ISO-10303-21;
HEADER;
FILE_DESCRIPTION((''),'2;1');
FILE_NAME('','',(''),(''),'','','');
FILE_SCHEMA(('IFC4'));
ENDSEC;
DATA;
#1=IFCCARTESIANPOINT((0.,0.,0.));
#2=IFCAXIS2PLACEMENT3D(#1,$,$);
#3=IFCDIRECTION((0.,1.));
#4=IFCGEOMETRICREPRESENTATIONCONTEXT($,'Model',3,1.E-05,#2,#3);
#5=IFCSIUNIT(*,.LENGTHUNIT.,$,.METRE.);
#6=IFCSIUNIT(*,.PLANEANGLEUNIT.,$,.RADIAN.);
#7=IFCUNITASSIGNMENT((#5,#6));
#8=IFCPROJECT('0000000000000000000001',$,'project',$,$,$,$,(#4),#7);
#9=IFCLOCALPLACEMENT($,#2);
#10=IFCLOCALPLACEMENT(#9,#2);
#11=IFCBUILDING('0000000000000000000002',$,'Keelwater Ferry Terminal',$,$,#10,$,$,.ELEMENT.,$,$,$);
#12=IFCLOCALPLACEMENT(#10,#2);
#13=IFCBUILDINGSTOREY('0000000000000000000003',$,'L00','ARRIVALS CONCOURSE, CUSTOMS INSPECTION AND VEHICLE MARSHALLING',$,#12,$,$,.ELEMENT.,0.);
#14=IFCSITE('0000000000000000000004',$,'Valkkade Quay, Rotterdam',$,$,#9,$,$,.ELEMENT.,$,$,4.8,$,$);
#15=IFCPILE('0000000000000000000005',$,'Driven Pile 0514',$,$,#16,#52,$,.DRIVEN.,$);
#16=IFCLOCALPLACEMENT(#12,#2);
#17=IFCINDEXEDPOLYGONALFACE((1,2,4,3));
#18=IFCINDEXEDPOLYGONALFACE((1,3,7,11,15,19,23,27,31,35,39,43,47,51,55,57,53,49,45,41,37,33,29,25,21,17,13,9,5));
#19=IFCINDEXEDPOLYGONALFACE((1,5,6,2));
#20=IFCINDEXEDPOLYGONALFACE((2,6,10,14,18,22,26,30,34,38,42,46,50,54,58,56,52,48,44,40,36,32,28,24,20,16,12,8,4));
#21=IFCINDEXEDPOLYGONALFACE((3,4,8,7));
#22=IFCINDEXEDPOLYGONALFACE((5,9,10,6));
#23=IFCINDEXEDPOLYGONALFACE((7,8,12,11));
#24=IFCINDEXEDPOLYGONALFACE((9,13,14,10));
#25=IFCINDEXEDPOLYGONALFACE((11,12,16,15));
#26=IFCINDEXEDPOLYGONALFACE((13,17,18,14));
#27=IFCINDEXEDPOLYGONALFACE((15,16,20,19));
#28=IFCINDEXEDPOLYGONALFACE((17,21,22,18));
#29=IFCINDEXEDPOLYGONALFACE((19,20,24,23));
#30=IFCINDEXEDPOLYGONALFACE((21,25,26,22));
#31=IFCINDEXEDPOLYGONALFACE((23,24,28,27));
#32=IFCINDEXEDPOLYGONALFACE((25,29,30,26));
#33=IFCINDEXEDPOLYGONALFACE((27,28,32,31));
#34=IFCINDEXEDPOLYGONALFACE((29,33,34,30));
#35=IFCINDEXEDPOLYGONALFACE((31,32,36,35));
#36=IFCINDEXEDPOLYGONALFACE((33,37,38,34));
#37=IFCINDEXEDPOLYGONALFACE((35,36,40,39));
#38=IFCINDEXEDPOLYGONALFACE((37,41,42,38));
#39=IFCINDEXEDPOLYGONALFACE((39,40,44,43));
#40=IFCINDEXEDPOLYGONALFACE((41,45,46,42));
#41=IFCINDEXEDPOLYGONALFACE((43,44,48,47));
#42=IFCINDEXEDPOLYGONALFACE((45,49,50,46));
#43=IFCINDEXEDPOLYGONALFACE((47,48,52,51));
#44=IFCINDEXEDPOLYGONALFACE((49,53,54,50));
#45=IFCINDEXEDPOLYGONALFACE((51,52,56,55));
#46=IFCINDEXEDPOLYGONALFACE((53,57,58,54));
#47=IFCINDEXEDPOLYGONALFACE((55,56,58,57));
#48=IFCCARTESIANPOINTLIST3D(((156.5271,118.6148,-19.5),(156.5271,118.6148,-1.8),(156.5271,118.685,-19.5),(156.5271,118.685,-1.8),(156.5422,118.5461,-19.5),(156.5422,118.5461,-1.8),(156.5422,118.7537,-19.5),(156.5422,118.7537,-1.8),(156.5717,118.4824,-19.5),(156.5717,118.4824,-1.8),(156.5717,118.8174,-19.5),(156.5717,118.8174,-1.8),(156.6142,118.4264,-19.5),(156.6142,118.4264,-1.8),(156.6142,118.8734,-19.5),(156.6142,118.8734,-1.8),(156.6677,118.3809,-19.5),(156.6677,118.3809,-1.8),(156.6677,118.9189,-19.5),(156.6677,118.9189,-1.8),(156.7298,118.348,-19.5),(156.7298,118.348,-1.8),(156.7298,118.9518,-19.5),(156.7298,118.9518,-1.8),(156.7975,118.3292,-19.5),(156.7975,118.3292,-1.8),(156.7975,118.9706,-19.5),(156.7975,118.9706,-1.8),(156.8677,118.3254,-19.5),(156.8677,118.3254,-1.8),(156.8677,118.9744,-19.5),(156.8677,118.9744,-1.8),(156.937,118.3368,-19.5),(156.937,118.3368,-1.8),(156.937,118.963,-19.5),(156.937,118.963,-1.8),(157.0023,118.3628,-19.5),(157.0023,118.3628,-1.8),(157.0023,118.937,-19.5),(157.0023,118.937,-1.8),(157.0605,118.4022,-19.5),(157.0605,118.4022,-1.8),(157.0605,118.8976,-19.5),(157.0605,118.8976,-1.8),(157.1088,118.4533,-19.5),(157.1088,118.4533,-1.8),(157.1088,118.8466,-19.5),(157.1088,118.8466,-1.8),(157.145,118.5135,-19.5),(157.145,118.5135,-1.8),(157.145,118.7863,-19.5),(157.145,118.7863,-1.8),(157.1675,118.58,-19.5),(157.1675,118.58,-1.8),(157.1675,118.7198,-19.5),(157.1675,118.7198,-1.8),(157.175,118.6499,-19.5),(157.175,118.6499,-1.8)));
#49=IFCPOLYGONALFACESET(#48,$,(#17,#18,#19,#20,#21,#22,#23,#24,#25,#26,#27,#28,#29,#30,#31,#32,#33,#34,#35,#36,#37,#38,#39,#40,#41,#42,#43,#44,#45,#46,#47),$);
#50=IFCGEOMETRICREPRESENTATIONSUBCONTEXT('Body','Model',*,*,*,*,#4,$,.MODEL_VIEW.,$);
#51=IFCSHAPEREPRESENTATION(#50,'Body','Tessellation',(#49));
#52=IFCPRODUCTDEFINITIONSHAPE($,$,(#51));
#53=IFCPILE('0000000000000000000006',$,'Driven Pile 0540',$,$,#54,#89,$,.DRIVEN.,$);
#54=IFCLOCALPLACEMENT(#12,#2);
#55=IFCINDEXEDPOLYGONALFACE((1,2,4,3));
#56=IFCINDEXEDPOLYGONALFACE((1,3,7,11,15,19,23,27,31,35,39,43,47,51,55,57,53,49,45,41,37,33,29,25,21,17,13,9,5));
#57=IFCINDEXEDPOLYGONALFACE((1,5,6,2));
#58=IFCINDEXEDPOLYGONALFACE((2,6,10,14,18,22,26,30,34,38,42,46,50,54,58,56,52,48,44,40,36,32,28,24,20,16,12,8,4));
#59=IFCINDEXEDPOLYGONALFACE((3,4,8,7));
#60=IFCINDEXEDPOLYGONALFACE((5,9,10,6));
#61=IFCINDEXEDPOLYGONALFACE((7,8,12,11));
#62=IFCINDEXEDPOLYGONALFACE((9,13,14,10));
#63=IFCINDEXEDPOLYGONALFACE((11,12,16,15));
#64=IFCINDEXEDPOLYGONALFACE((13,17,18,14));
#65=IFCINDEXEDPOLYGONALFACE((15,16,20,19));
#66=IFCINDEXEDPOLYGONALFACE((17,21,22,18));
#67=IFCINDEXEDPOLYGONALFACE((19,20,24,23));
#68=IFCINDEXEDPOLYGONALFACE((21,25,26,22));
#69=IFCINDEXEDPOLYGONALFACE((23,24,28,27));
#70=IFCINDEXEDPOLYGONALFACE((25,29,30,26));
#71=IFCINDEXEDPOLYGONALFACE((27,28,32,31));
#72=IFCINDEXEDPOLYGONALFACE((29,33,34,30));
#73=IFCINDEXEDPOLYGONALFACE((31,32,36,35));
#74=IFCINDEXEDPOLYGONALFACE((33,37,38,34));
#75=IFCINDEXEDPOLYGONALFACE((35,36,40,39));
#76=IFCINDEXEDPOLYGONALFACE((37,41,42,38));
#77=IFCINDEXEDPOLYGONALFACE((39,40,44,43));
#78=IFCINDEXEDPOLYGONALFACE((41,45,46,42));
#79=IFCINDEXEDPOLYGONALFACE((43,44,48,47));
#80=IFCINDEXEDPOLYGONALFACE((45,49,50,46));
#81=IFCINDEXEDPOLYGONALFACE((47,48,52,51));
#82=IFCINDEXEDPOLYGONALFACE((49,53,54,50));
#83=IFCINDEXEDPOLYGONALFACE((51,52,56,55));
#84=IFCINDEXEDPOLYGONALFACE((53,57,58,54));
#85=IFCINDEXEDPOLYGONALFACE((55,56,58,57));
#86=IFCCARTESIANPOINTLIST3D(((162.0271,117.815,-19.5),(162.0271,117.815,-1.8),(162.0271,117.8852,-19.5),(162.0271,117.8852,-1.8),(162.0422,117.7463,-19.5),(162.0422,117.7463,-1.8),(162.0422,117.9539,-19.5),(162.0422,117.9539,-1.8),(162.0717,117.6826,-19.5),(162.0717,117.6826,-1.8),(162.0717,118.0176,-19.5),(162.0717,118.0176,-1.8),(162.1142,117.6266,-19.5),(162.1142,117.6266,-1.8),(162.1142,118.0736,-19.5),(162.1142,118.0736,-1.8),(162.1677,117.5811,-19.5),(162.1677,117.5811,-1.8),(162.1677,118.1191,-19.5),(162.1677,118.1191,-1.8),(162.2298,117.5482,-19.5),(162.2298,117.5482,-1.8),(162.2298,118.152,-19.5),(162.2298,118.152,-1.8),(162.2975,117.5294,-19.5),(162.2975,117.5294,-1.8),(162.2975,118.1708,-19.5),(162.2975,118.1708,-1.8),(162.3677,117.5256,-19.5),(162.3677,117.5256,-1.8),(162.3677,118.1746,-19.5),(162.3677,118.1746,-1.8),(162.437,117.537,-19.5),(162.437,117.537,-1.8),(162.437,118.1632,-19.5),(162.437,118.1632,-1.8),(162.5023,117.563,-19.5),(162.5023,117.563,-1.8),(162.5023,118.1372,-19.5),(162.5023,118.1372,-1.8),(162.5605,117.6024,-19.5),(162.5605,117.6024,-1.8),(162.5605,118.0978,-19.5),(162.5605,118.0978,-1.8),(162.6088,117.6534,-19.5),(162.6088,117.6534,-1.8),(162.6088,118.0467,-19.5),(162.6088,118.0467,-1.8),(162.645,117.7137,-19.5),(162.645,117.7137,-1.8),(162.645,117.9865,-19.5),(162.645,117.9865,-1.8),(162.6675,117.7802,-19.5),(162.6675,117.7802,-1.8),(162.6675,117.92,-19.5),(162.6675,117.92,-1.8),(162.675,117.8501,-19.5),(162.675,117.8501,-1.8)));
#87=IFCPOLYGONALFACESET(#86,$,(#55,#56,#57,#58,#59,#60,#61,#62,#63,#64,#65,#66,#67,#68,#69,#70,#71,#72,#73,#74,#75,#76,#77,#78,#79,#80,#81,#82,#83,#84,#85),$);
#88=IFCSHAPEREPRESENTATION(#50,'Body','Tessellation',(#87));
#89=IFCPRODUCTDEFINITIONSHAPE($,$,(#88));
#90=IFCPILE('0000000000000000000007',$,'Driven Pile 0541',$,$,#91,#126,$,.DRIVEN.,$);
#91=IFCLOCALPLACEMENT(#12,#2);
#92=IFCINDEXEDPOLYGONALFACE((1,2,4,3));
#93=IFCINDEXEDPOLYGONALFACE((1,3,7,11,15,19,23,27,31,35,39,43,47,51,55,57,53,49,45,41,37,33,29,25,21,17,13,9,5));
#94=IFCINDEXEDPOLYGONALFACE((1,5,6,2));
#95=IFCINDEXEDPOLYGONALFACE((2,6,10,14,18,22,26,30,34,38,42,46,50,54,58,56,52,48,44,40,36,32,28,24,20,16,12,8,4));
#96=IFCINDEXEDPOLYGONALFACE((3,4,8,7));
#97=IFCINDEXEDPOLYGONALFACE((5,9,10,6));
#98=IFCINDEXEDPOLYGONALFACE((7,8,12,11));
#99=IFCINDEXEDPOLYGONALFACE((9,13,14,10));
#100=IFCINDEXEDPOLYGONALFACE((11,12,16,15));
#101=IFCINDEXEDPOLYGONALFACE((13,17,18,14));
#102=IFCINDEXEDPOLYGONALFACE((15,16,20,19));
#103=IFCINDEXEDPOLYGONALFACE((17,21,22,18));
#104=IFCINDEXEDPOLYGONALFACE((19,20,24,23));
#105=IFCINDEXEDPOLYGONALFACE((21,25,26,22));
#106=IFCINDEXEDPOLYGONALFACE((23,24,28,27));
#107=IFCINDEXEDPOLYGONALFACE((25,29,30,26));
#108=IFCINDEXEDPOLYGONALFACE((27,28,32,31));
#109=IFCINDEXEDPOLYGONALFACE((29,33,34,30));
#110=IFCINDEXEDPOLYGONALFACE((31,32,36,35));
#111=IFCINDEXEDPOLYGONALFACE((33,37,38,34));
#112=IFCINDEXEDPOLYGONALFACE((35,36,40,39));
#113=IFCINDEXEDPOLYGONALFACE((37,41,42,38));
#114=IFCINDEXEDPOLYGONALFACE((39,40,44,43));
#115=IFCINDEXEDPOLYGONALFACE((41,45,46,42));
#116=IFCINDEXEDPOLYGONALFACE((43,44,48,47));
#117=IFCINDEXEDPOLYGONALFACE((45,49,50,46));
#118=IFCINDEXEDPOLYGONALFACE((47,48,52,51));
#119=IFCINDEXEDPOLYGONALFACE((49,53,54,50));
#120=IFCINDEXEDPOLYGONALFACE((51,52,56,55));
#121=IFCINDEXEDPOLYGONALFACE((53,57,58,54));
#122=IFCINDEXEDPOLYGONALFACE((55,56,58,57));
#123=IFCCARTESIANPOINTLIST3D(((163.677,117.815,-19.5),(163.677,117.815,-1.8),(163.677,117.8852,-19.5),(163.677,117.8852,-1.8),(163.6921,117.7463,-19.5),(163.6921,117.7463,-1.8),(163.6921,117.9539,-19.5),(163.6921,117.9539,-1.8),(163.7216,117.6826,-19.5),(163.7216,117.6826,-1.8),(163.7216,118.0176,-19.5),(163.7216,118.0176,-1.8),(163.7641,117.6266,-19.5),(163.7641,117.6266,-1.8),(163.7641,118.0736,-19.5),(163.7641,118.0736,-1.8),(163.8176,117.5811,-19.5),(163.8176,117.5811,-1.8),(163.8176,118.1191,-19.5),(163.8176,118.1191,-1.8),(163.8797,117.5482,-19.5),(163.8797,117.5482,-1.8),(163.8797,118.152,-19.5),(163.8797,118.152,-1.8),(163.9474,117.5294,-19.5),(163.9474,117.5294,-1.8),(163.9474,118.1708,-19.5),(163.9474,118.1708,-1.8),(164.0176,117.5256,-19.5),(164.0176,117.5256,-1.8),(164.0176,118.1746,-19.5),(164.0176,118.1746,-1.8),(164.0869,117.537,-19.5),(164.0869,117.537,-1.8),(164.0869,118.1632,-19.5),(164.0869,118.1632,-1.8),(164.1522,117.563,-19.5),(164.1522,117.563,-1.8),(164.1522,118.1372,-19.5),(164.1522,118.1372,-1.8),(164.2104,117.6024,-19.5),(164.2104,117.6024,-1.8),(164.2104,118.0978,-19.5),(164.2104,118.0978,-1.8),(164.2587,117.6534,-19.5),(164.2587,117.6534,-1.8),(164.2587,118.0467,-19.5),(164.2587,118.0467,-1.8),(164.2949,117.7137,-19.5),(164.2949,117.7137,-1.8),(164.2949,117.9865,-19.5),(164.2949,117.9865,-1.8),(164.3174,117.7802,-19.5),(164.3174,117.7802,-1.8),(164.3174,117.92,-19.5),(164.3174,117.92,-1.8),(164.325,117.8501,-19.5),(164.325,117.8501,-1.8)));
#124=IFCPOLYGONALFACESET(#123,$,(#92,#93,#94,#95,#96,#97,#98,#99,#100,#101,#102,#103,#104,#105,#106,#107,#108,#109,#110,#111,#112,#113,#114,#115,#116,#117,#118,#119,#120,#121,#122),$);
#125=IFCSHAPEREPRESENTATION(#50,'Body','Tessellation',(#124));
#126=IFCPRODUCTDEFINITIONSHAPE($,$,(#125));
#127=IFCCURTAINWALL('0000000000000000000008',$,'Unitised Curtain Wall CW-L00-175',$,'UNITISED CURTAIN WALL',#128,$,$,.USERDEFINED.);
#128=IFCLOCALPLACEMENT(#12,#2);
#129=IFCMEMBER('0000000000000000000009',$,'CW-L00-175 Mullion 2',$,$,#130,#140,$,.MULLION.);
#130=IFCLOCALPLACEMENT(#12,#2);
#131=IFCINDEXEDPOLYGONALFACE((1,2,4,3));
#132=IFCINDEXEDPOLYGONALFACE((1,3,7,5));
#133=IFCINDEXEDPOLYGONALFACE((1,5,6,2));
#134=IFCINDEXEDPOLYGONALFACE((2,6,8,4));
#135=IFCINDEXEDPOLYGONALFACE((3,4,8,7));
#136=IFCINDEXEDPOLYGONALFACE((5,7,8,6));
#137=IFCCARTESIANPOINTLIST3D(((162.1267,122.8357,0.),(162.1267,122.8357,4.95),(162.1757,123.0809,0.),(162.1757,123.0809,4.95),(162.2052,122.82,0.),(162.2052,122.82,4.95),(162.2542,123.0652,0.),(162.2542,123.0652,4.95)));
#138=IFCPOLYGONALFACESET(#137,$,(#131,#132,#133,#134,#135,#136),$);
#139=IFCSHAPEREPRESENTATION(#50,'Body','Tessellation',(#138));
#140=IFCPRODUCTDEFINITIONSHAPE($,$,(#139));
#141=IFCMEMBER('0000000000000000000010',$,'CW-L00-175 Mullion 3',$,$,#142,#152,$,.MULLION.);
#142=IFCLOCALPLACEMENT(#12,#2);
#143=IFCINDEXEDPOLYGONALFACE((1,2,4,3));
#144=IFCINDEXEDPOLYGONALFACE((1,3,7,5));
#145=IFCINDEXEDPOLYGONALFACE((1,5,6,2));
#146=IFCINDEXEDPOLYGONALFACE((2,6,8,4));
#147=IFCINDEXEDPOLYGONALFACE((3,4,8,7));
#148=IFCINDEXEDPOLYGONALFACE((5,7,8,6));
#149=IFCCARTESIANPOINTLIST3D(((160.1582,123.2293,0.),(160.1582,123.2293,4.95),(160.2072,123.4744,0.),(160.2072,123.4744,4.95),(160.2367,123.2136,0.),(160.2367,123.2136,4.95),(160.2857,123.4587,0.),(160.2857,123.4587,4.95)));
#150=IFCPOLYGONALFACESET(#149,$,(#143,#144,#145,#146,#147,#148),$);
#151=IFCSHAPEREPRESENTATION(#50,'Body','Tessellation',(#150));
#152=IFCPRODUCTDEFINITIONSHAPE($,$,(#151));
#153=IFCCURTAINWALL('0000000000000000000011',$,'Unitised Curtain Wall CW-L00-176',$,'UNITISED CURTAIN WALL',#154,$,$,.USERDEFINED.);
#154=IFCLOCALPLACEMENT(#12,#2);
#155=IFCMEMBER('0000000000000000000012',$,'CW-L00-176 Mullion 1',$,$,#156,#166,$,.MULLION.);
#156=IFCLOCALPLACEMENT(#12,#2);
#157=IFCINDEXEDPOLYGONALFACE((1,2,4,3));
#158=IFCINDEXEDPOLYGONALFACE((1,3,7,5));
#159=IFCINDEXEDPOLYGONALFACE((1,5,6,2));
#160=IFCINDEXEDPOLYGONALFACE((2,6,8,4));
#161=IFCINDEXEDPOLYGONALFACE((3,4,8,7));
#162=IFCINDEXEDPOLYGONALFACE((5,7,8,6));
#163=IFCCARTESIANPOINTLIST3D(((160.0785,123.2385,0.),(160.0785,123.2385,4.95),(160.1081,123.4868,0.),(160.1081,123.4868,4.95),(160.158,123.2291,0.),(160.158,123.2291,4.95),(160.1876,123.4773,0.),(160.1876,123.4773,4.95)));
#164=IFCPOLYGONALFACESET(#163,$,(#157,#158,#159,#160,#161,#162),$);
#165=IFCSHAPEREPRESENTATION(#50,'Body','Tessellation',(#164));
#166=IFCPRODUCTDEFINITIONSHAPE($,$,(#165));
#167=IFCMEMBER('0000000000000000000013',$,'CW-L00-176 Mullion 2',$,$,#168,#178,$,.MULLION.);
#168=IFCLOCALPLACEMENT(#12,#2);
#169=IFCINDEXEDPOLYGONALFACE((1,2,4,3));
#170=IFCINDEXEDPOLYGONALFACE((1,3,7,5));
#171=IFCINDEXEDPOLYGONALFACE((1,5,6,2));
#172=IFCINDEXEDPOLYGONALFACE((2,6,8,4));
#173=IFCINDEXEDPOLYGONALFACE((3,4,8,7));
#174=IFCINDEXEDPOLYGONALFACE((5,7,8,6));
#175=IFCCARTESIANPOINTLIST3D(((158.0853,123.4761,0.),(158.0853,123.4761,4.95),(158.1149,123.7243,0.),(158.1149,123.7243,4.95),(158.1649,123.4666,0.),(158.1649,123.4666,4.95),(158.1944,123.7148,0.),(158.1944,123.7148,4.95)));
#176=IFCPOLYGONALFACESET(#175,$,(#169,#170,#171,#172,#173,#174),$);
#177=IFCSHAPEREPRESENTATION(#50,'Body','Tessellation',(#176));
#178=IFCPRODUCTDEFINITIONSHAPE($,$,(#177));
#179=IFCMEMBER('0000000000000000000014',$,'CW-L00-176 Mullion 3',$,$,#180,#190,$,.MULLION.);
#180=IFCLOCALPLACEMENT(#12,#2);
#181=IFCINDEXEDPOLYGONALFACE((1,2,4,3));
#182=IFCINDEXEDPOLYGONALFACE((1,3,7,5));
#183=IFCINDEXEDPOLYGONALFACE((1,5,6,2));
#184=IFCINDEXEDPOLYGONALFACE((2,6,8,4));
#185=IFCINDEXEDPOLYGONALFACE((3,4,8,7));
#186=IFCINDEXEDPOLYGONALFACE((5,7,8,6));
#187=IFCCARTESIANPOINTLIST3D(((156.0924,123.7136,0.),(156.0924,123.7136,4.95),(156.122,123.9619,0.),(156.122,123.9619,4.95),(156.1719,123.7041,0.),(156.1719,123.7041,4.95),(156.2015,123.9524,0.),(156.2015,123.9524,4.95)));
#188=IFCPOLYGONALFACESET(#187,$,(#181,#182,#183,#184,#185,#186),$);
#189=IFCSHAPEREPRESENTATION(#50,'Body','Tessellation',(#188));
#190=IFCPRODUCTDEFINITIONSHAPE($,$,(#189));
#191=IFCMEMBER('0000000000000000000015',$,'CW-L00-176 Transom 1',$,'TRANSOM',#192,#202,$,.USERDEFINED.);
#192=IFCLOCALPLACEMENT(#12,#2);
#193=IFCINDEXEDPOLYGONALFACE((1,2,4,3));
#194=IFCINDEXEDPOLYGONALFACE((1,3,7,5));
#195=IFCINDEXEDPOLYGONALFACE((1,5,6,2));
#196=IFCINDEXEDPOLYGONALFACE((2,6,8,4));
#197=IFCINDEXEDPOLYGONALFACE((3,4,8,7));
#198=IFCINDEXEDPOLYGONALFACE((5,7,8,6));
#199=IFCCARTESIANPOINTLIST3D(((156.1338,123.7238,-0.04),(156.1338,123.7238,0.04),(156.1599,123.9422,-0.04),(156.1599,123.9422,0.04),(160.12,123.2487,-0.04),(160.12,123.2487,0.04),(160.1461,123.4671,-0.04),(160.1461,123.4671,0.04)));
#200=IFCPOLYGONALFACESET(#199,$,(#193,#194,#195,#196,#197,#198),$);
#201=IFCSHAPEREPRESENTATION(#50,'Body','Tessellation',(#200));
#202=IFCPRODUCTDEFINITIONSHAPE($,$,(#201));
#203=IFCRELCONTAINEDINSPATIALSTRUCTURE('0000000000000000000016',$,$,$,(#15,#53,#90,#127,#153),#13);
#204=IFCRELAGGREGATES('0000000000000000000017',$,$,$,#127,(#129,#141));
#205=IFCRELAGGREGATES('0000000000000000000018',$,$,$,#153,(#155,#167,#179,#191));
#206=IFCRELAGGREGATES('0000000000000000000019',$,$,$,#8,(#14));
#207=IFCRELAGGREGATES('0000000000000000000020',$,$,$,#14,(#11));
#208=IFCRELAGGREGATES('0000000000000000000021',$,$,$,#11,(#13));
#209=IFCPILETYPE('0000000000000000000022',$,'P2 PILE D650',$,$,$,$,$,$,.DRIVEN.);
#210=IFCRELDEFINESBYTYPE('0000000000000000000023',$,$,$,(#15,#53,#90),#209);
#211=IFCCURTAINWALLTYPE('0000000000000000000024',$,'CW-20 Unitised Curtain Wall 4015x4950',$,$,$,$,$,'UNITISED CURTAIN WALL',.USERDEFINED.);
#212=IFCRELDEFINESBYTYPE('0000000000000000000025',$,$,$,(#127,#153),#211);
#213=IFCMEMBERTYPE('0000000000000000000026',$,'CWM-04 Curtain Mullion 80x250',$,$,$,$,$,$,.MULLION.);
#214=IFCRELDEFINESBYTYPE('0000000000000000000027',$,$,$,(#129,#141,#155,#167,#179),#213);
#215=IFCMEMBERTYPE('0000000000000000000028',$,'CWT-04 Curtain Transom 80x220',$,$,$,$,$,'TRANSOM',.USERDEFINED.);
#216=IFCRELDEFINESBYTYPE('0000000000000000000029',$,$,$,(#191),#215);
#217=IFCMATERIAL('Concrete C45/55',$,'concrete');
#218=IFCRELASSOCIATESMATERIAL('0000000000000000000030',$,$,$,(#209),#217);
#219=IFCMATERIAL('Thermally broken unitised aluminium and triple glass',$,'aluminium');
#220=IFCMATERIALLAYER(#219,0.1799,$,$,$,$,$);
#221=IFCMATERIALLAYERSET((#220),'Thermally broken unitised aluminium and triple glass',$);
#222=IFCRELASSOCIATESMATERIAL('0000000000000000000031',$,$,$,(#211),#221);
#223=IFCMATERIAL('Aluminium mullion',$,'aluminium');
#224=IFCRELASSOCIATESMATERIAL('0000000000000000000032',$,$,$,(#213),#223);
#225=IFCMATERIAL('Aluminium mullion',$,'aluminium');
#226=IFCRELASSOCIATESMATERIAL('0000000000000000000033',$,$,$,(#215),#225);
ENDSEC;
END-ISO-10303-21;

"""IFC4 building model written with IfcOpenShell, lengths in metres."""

from ifc_helpers import new_model, si_unit, direction, frame, origin, origin_2d, place, context, subcontext, project, spatial, rectangle, circle, extrude, material, layer, layer_set, material_profile, profile_set, type_object, element, aggregate, save


model = new_model("IFC4")

# Units and contexts
model_context = context("Model", 3, precision=1e-05, world=origin(), true_north=direction((0.0, 1.0)))
body_context = subcontext(model_context, "Body", "Model", "MODEL_VIEW")
ifc_project = project(units=[si_unit("LENGTHUNIT", "METRE"), si_unit("PLANEANGLEUNIT", "RADIAN")], contexts=[model_context])

# Site, building, storey
site_placement = place(None, origin())
site = spatial("IfcSite", under=ifc_project, at=site_placement, Name="Valkkade Quay, Rotterdam", CompositionType="ELEMENT", RefElevation=4.8)
building_placement = place(site_placement, origin())
building = spatial("IfcBuilding", under=site, at=building_placement, Name="Keelwater Ferry Terminal", CompositionType="ELEMENT")
storey_placement = place(building_placement, origin())
storey = spatial("IfcBuildingStorey", under=building, at=storey_placement, Name="L00", Description="ARRIVALS CONCOURSE, CUSTOMS INSPECTION AND VEHICLE MARSHALLING", CompositionType="ELEMENT", Elevation=0.0)

# Piles
ifc_material_1 = material(Name="Concrete C45/55", Category="concrete")
ifc_material_profile_1 = material_profile(ifc_material_1, circle(Radius=0.325, at=origin_2d()), Name="PILE D650")
ifc_profile_set_1 = profile_set([ifc_material_profile_1], Name="Concrete C45/55")
pile_type = type_object("IfcPileType", Name="P2 PILE D650", PredefinedType="DRIVEN", material=ifc_profile_set_1)
for number, where, z_axis, x_axis, name in (
    (1, (156.8501, 118.6499, -1.8), (0.0, 0.0, -1.0), (1.0, 0.0, 0.0), "Driven Pile 0514"),
    (2, (162.3501, 117.8501, -1.8), (0.0, 0.0, -1.0), (1.0, 0.0, 0.0), "Driven Pile 0540"),
    (3, (164.0, 117.8501, -1.8), (0.0, 0.0, -1.0), (1.0, 0.0, 0.0), "Driven Pile 0541"),
):
    element("IfcPile", number, at=place(storey_placement, frame(where, z_axis=z_axis, x_axis=x_axis)), inside=storey, type_object=pile_type, Name=name, PredefinedType="DRIVEN", context=body_context, shape_type="SweptSolid", body=[
        extrude(circle(Radius=0.325, at=origin_2d()), origin(), (0.0, 0.0, 1.0), 17.7),
    ])

# Curtain walls, members
ifc_material_2 = material(Name="Thermally broken unitised aluminium and triple glass", Category="aluminium")
ifc_layer_1 = layer(ifc_material_2, 0.1799)
ifc_layer_set_1 = layer_set([ifc_layer_1], Name="Thermally broken unitised aluminium and triple glass")
curtain_wall_type = type_object("IfcCurtainWallType", Name="CW-20 Unitised Curtain Wall 4015x4950", ElementType="UNITISED CURTAIN WALL", PredefinedType="USERDEFINED", material=ifc_layer_set_1)
curtain_wall_1_placement = place(storey_placement, origin())
curtain_wall_1 = element("IfcCurtainWall", 4, at=curtain_wall_1_placement, inside=storey, type_object=curtain_wall_type, Name="Unitised Curtain Wall CW-L00-175", ObjectType="UNITISED CURTAIN WALL", PredefinedType="USERDEFINED")
ifc_material_3 = material(Name="Aluminium mullion", Category="aluminium")
ifc_material_profile_2 = material_profile(ifc_material_3, rectangle(XDim=0.0801, YDim=0.25, at=origin_2d()), Name="CWM-04")
ifc_profile_set_2 = profile_set([ifc_material_profile_2], Name="Aluminium mullion")
member_type_1 = type_object("IfcMemberType", Name="CWM-04 Curtain Mullion 80x250", PredefinedType="MULLION", material=ifc_profile_set_2)
member_1_placement = place(storey_placement, frame((162.1904, 122.9504, 0.0), z_axis=(0.0, 0.0, 1.0), x_axis=(-0.9806, 0.19602, 0.0)))
member_1 = element("IfcMember", 5, at=member_1_placement, type_object=member_type_1, Name="CW-L00-175 Mullion 2", PredefinedType="MULLION", context=body_context, shape_type="SweptSolid", body=[
    extrude(rectangle(XDim=0.0801, YDim=0.25, at=origin_2d()), origin(), (0.0, 0.0, 1.0), 4.95),
])
member_2_placement = place(storey_placement, frame((160.2219, 123.344, 0.0), z_axis=(0.0, 0.0, 1.0), x_axis=(-0.9806, 0.19602, 0.0)))
member_2 = element("IfcMember", 6, at=member_2_placement, type_object=member_type_1, Name="CW-L00-175 Mullion 3", PredefinedType="MULLION", context=body_context, shape_type="SweptSolid", body=[
    extrude(rectangle(XDim=0.0801, YDim=0.25, at=origin_2d()), origin(), (0.0, 0.0, 1.0), 4.95),
])
curtain_wall_2_placement = place(storey_placement, origin())
curtain_wall_2 = element("IfcCurtainWall", 7, at=curtain_wall_2_placement, inside=storey, type_object=curtain_wall_type, Name="Unitised Curtain Wall CW-L00-176", ObjectType="UNITISED CURTAIN WALL", PredefinedType="USERDEFINED")
member_3_placement = place(storey_placement, frame((160.1331, 123.3579, 0.0), z_axis=(0.0, 0.0, 1.0), x_axis=(-0.992974, 0.11833, 0.0)))
member_3 = element("IfcMember", 8, at=member_3_placement, type_object=member_type_1, Name="CW-L00-176 Mullion 1", PredefinedType="MULLION", context=body_context, shape_type="SweptSolid", body=[
    extrude(rectangle(XDim=0.0801, YDim=0.25, at=origin_2d()), origin(), (0.0, 0.0, 1.0), 4.95),
])
member_4_placement = place(storey_placement, frame((158.1399, 123.5955, 0.0), z_axis=(0.0, 0.0, 1.0), x_axis=(-0.992974, 0.11833, 0.0)))
member_4 = element("IfcMember", 9, at=member_4_placement, type_object=member_type_1, Name="CW-L00-176 Mullion 2", PredefinedType="MULLION", context=body_context, shape_type="SweptSolid", body=[
    extrude(rectangle(XDim=0.0801, YDim=0.25, at=origin_2d()), origin(), (0.0, 0.0, 1.0), 4.95),
])
member_5_placement = place(storey_placement, frame((156.147, 123.833, 0.0), z_axis=(0.0, 0.0, 1.0), x_axis=(-0.992974, 0.11833, 0.0)))
member_5 = element("IfcMember", 10, at=member_5_placement, type_object=member_type_1, Name="CW-L00-176 Mullion 3", PredefinedType="MULLION", context=body_context, shape_type="SweptSolid", body=[
    extrude(rectangle(XDim=0.0801, YDim=0.25, at=origin_2d()), origin(), (0.0, 0.0, 1.0), 4.95),
])
ifc_material_4 = material(Name="Aluminium mullion", Category="aluminium")
ifc_material_profile_3 = material_profile(ifc_material_4, rectangle(XDim=0.22, YDim=0.0801, at=origin_2d()), Name="CWT-04")
ifc_profile_set_3 = profile_set([ifc_material_profile_3], Name="Aluminium mullion")
member_type_2 = type_object("IfcMemberType", Name="CWT-04 Curtain Transom 80x220", ElementType="TRANSOM", PredefinedType="USERDEFINED", material=ifc_profile_set_3)
member_6_placement = place(storey_placement, frame((160.1331, 123.3579, 0.0), z_axis=(-0.992972, 0.118351, 0.0), x_axis=(-0.118351, -0.992972, 0.0)))
member_6 = element("IfcMember", 11, at=member_6_placement, type_object=member_type_2, Name="CW-L00-176 Transom 1", ObjectType="TRANSOM", PredefinedType="USERDEFINED", context=body_context, shape_type="SweptSolid", body=[
    extrude(rectangle(XDim=0.22, YDim=0.0801, at=origin_2d()), origin(), (0.0, 0.0, 1.0), 4.0144),
])

aggregate(curtain_wall_1, [member_1, member_2])
aggregate(curtain_wall_2, [member_3, member_4, member_5, member_6])

save(model, "model.ifc")
